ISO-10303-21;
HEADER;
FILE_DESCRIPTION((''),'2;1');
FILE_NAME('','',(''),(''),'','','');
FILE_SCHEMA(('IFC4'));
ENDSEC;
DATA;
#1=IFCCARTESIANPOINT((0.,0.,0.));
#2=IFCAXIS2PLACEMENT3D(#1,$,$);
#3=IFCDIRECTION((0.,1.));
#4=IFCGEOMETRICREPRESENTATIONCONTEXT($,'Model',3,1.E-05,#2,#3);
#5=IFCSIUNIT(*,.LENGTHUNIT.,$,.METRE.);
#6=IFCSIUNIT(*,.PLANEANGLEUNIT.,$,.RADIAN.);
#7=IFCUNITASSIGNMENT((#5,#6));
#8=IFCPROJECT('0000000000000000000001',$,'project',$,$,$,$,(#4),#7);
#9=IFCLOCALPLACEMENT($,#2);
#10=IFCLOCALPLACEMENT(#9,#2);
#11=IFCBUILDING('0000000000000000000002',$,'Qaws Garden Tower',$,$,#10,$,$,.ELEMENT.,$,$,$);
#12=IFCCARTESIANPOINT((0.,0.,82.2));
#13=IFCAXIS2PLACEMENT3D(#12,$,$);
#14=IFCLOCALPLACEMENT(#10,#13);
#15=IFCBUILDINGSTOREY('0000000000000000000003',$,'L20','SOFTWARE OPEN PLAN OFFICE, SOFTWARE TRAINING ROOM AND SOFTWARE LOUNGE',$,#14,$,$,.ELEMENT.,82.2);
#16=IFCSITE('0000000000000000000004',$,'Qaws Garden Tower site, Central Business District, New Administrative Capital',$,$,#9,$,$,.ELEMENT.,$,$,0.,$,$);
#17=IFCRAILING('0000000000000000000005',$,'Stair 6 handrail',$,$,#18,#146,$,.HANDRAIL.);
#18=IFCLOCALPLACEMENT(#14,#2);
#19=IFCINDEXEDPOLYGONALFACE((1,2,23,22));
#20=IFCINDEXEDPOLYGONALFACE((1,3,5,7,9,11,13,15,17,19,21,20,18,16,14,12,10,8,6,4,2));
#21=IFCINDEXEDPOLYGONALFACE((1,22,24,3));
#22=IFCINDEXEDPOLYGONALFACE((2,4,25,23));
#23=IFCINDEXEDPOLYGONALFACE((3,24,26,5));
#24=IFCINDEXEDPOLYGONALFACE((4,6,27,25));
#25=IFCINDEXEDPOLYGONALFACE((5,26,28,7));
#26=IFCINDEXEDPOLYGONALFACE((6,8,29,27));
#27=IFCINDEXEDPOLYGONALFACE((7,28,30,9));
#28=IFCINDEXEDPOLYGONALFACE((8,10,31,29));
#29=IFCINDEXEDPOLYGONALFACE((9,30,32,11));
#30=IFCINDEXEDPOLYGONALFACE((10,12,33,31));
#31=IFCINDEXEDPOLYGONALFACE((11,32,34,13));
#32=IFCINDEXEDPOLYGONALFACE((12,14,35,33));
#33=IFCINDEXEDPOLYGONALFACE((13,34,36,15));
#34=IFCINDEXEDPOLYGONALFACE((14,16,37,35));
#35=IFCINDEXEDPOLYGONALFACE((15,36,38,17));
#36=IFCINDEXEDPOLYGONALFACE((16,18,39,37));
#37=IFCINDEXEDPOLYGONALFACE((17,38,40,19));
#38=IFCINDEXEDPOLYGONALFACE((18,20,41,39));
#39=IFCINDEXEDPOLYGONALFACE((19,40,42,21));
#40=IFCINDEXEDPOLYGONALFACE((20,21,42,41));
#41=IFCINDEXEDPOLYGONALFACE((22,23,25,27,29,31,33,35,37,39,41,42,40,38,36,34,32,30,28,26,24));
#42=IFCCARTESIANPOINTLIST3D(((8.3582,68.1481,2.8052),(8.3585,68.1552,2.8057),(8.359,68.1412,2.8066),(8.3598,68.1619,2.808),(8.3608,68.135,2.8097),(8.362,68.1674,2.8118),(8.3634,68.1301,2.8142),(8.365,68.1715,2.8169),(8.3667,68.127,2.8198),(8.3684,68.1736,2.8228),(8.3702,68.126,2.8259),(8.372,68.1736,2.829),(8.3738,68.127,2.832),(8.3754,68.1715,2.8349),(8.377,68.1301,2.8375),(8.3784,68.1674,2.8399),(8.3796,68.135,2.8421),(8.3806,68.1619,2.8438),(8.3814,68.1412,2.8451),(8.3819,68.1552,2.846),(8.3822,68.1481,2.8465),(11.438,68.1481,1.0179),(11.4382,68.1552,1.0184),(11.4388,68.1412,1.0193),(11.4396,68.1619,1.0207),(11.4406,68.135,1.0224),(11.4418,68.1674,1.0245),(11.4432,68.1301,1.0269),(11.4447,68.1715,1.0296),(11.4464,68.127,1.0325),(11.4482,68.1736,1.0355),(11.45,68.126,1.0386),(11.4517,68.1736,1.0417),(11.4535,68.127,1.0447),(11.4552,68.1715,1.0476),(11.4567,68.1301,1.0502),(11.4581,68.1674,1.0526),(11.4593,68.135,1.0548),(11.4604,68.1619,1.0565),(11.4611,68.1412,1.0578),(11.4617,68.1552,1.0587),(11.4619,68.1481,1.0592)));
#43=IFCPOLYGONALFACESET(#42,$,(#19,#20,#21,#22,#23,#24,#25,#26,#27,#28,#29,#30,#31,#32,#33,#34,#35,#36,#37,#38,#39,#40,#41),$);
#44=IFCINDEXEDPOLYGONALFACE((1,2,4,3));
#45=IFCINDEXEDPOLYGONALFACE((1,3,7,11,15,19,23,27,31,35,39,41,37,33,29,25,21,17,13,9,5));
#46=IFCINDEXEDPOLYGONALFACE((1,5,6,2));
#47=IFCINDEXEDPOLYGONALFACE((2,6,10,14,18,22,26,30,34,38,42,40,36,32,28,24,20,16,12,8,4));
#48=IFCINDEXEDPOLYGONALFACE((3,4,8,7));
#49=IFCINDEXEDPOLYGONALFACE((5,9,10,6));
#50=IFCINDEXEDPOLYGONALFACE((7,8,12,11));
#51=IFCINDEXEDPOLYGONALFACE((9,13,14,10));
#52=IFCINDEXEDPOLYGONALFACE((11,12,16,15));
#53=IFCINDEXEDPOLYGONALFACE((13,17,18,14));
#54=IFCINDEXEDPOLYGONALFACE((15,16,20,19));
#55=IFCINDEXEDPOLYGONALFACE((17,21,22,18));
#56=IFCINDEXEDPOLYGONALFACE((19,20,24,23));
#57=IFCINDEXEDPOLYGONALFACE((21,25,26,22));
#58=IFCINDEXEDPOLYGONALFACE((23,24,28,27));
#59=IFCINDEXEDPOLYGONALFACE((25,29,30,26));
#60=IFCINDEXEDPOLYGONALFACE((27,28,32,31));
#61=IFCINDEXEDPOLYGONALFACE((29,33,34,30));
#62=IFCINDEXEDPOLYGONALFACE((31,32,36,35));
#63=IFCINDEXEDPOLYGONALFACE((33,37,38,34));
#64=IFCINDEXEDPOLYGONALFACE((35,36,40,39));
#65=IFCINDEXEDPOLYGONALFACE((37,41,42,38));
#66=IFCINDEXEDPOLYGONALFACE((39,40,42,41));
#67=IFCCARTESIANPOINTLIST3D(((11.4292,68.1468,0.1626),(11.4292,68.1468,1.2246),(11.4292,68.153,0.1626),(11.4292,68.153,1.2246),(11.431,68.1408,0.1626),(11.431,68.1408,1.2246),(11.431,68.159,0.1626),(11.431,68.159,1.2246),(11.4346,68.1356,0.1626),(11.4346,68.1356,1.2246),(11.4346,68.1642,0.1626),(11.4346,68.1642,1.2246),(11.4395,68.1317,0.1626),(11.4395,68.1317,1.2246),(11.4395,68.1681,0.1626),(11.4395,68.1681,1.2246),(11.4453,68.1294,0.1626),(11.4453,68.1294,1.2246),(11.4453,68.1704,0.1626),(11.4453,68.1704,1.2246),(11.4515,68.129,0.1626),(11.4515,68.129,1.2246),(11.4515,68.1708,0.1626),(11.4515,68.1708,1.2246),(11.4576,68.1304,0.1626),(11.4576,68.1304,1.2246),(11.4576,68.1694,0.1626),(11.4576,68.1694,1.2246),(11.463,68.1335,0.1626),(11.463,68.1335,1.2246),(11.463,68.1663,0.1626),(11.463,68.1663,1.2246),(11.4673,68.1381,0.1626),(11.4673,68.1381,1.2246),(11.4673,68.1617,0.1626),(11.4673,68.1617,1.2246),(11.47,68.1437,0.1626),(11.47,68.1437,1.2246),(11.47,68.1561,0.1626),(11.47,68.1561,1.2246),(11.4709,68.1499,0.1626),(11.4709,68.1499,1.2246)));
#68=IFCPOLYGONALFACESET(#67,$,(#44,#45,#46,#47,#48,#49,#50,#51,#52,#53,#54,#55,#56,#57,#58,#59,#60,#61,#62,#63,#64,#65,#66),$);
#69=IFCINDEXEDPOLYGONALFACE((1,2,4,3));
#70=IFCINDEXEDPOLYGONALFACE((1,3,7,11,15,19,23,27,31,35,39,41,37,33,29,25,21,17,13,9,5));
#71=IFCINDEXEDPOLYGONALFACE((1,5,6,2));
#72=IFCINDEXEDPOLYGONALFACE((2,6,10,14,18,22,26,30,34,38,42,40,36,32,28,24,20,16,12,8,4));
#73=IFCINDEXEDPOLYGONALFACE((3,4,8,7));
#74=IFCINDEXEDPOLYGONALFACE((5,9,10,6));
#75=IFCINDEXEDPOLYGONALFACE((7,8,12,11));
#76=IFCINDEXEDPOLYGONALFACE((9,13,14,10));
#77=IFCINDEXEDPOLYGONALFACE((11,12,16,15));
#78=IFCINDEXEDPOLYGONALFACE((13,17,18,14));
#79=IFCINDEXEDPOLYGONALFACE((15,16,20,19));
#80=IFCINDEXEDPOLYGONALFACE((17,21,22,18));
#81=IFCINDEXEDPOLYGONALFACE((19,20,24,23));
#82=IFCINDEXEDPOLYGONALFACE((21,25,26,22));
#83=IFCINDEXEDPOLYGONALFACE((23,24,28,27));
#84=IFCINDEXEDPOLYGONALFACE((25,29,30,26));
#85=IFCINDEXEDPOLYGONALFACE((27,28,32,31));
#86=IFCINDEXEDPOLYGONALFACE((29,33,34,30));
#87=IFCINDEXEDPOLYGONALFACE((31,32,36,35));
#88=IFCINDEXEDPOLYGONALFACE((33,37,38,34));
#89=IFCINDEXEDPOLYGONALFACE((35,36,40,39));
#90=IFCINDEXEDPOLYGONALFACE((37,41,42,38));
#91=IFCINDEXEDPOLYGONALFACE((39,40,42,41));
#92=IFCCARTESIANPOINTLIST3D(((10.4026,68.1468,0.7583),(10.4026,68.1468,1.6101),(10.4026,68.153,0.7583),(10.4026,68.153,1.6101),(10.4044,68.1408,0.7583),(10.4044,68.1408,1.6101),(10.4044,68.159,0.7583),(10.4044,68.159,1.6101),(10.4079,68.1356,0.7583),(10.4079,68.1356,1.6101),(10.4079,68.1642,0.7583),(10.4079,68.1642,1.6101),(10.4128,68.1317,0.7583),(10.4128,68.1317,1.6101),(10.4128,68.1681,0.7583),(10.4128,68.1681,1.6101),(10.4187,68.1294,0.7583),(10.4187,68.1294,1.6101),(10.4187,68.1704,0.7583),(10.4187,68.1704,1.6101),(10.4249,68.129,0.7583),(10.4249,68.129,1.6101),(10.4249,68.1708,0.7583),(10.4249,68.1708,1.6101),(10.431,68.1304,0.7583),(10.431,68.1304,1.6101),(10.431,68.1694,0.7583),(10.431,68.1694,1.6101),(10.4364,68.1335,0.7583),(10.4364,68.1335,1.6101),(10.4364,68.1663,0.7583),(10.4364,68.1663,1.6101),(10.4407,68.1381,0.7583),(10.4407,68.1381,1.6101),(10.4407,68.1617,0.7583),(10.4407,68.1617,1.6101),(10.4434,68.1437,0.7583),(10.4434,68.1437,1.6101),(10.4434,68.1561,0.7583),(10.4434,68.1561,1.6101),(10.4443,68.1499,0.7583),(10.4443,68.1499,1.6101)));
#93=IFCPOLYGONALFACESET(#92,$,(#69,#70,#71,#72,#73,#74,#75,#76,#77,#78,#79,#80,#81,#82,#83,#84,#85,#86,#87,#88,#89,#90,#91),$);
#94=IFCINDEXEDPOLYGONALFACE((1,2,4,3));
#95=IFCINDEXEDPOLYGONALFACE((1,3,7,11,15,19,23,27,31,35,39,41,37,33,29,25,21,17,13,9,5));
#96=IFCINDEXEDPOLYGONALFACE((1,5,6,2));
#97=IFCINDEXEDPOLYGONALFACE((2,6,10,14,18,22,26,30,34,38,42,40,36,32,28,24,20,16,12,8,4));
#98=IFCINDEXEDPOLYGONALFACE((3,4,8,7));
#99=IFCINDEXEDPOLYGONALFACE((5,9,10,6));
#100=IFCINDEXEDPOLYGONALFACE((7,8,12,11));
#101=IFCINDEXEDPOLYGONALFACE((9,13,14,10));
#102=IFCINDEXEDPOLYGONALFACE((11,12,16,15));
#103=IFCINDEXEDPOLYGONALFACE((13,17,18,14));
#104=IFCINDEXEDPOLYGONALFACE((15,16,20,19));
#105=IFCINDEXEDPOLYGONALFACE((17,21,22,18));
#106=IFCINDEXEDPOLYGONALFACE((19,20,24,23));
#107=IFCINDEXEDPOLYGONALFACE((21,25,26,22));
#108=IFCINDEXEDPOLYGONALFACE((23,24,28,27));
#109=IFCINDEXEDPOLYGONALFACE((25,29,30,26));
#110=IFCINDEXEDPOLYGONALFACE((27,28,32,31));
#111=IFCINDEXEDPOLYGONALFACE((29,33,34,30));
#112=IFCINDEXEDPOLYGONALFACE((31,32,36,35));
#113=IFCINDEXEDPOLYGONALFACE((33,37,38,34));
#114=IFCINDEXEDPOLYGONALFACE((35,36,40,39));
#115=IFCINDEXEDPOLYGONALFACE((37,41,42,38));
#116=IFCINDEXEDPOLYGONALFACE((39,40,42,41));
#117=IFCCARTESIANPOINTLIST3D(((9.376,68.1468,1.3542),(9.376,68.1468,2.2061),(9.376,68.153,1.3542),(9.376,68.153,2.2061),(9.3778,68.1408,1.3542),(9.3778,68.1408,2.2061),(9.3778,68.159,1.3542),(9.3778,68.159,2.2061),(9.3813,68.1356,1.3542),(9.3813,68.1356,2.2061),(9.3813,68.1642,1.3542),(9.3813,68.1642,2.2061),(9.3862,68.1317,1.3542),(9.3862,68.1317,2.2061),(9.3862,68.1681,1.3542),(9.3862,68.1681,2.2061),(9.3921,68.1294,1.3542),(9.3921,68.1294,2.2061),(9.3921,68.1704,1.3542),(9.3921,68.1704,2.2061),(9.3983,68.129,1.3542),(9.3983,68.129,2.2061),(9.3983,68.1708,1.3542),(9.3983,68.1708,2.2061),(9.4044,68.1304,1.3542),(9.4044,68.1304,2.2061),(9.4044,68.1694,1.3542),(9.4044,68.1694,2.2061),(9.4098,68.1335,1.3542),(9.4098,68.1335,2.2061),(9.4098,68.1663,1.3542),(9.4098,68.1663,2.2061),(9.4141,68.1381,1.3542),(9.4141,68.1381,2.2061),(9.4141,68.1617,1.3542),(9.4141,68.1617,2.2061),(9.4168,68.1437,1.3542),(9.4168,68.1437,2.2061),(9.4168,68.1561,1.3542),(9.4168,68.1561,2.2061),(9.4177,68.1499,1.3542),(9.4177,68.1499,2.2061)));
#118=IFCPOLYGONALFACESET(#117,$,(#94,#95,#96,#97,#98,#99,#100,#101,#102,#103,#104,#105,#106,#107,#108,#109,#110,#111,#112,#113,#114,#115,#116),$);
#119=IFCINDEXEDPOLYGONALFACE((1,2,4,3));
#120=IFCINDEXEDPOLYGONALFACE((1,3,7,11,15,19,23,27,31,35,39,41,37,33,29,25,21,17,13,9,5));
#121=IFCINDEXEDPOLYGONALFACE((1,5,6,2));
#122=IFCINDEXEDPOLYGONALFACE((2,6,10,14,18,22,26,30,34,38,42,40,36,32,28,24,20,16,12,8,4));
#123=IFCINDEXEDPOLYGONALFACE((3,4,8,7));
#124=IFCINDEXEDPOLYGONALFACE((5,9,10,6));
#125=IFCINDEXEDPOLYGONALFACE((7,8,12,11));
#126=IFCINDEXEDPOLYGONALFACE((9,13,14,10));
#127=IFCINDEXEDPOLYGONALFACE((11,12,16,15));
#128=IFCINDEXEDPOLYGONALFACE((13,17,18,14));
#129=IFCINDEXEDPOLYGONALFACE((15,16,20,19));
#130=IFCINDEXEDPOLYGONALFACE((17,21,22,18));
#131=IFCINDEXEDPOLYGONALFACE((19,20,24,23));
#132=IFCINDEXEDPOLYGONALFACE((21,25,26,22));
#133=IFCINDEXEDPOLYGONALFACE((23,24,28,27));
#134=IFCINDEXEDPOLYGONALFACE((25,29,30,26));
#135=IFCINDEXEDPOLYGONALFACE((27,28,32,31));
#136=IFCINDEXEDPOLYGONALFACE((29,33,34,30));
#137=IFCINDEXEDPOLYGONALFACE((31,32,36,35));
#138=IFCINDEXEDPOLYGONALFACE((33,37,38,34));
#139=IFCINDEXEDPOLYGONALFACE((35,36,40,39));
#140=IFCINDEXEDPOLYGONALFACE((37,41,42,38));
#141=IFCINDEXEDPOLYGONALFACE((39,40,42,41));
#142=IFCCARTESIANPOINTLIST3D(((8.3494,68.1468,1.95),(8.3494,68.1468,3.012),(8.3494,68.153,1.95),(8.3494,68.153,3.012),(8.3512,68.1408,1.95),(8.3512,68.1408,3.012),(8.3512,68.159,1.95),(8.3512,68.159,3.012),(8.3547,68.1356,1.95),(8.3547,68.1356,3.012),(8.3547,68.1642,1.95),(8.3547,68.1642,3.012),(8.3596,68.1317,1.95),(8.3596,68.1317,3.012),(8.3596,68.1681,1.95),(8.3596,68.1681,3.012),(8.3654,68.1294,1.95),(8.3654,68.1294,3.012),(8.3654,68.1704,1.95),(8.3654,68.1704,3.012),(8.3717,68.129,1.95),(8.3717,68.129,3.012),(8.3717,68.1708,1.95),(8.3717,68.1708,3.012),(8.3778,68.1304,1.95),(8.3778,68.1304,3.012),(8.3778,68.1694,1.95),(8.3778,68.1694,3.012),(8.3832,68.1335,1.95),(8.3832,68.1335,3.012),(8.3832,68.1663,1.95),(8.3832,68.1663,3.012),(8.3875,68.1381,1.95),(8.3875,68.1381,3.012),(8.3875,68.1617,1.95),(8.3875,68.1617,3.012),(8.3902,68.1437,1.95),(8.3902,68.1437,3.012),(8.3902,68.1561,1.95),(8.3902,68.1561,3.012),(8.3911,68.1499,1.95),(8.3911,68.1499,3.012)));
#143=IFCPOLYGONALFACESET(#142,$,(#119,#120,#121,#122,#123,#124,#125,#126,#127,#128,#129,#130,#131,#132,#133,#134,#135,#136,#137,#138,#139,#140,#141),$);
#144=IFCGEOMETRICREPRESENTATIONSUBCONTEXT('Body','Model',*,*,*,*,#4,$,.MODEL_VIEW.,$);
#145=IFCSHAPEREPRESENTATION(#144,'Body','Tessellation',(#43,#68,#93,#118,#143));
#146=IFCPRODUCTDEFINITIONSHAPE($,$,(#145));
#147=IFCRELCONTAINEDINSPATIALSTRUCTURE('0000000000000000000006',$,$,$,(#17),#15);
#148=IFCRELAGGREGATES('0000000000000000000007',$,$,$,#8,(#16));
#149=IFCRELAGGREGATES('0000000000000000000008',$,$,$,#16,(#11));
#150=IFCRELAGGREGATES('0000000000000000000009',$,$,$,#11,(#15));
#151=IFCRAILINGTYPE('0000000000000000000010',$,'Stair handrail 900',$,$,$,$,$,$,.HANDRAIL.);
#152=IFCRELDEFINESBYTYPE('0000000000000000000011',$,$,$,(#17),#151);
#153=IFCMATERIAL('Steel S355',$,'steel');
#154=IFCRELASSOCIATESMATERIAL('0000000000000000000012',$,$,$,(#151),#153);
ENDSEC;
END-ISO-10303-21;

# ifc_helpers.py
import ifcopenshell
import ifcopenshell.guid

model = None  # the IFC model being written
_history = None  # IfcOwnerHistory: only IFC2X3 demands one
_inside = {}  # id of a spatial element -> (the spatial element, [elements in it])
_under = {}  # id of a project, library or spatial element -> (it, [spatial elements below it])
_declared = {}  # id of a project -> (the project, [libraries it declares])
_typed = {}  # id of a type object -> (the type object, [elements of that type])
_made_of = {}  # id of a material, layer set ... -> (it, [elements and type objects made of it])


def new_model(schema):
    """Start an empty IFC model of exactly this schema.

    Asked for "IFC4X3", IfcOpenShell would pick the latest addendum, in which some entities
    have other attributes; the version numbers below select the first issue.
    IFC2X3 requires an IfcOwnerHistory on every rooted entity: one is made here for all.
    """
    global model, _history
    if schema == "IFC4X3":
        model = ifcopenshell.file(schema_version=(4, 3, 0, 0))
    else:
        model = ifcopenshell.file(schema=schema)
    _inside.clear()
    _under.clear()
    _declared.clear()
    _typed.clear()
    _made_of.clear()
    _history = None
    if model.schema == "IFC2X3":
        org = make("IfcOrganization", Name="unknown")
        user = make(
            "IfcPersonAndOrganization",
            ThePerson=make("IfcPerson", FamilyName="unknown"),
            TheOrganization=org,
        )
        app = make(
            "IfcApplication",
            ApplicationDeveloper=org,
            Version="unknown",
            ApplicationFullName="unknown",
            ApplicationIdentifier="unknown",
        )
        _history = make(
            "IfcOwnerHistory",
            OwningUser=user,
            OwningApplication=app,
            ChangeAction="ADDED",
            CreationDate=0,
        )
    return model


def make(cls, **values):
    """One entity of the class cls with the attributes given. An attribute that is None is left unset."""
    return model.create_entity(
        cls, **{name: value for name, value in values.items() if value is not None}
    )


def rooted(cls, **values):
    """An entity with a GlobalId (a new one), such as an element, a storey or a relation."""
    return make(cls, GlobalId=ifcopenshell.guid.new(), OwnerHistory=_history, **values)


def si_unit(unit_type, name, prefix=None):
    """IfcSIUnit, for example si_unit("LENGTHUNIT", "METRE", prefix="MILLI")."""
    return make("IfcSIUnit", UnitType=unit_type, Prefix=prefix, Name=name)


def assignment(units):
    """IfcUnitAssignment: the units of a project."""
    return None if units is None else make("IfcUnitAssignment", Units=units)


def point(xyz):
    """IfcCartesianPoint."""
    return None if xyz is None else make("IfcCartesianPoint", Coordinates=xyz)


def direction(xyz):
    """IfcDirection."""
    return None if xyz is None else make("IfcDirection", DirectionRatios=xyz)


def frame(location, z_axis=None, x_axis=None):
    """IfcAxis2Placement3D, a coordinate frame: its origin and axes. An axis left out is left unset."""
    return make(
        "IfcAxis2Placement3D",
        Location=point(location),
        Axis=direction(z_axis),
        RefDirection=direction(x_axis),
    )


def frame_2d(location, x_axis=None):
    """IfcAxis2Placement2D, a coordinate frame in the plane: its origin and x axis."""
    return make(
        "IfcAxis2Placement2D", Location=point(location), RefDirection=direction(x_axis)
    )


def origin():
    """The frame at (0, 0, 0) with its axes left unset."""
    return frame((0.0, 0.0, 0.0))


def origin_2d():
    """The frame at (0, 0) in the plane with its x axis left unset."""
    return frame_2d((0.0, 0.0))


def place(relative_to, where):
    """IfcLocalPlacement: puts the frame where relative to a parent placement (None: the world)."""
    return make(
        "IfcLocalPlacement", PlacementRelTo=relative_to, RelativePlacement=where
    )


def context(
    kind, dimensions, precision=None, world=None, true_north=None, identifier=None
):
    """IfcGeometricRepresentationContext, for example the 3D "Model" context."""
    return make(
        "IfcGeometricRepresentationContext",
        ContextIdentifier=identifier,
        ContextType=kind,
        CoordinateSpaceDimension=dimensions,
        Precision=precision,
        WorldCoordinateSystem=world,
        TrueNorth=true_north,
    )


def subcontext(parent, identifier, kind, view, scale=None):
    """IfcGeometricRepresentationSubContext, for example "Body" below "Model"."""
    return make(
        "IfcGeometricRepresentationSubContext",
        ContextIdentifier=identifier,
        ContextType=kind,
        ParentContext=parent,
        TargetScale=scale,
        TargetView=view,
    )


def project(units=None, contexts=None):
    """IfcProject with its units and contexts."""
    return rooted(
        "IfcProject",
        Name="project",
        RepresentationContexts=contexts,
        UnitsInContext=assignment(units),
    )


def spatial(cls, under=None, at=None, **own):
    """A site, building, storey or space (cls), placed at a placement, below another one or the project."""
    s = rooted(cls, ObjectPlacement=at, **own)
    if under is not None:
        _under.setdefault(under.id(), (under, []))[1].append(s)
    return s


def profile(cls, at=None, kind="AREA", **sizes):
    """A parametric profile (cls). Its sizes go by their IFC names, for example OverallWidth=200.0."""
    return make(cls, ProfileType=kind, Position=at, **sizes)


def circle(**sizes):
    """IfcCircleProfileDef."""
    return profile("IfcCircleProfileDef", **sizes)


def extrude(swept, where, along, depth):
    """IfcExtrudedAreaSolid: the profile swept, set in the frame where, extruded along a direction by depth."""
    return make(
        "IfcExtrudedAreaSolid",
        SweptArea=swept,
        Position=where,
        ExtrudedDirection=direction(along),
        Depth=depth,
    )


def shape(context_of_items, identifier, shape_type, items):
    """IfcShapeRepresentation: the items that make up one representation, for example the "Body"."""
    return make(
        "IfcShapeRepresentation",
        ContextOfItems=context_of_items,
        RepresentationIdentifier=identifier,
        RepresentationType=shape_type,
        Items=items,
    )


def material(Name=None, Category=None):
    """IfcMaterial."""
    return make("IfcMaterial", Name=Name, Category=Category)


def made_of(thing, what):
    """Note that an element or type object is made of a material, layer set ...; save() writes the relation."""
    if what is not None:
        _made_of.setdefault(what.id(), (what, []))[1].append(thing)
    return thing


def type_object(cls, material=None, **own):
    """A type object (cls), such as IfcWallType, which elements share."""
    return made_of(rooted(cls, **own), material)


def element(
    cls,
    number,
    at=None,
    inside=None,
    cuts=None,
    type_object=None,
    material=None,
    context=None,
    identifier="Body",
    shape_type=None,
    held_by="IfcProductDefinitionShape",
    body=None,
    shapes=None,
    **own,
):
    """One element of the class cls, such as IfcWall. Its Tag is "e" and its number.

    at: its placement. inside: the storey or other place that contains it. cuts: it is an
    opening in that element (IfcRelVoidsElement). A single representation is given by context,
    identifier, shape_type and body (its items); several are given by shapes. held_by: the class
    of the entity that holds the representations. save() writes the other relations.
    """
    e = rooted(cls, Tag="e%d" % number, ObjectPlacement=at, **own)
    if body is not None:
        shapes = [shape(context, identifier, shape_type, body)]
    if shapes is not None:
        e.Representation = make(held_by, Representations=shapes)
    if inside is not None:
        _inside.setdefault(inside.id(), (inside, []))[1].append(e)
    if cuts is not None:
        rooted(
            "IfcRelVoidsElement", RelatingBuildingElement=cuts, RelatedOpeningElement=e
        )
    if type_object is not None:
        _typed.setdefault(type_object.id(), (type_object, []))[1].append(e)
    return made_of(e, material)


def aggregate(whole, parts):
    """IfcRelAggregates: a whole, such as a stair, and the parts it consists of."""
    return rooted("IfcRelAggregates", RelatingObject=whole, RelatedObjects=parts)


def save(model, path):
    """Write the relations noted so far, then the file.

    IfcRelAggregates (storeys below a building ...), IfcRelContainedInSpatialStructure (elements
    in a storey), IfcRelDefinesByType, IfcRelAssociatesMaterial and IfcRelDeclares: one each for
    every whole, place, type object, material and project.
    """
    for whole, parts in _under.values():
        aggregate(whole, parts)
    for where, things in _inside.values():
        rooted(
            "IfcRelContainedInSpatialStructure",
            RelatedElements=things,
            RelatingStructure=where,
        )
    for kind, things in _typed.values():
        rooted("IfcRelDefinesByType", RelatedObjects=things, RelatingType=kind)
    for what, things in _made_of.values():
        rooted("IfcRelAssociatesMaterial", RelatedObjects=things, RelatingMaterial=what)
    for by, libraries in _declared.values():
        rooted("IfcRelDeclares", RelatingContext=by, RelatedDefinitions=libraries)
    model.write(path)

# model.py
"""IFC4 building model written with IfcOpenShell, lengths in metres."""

from ifc_helpers import new_model, si_unit, direction, frame, origin, origin_2d, place, context, subcontext, project, spatial, circle, extrude, material, type_object, element, save


model = new_model("IFC4")

# Units and contexts
model_context = context("Model", 3, precision=1e-05, world=origin(), true_north=direction((0.0, 1.0)))
body_context = subcontext(model_context, "Body", "Model", "MODEL_VIEW")
ifc_project = project(units=[si_unit("LENGTHUNIT", "METRE"), si_unit("PLANEANGLEUNIT", "RADIAN")], contexts=[model_context])

# Site, building, storey
site_placement = place(None, origin())
site = spatial("IfcSite", under=ifc_project, at=site_placement, Name="Qaws Garden Tower site, Central Business District, New Administrative Capital", CompositionType="ELEMENT", RefElevation=0.0)
building_placement = place(site_placement, origin())
building = spatial("IfcBuilding", under=site, at=building_placement, Name="Qaws Garden Tower", CompositionType="ELEMENT")
storey_placement = place(building_placement, frame((0.0, 0.0, 82.2)))
storey = spatial("IfcBuildingStorey", under=building, at=storey_placement, Name="L20", Description="SOFTWARE OPEN PLAN OFFICE, SOFTWARE TRAINING ROOM AND SOFTWARE LOUNGE", CompositionType="ELEMENT", Elevation=82.2)

# Railing
ifc_material_1 = material(Name="Steel S355", Category="steel")
railing_type = type_object("IfcRailingType", Name="Stair handrail 900", PredefinedType="HANDRAIL", material=ifc_material_1)
railing_1_placement = place(storey_placement, frame((11.45, 68.1499, 0.1626)))
element("IfcRailing", 1, at=railing_1_placement, inside=storey, type_object=railing_type, Name="Stair 6 handrail", PredefinedType="HANDRAIL", context=body_context, shape_type="SweptSolid", body=[
    extrude(circle(Radius=0.0239, at=origin_2d()), frame((0.0, 0.0, 0.876), z_axis=(-0.864903, 0.0, 0.501939), x_axis=(0.0, -1.0, 0.0)), (0.0, 0.0, 1.0), 3.5608),
    extrude(circle(Radius=0.021, at=origin_2d()), origin(), (0.0, 0.0, 1.0), 1.062),
    extrude(circle(Radius=0.021, at=origin_2d()), frame((-1.0266, 0.0, 0.5957)), (0.0, 0.0, 1.0), 0.8518),
    extrude(circle(Radius=0.021, at=origin_2d()), frame((-2.0532, 0.0, 1.1917)), (0.0, 0.0, 1.0), 0.8518),
    extrude(circle(Radius=0.021, at=origin_2d()), frame((-3.0798, 0.0, 1.7874)), (0.0, 0.0, 1.0), 1.062),
])

save(model, "model.ifc")
